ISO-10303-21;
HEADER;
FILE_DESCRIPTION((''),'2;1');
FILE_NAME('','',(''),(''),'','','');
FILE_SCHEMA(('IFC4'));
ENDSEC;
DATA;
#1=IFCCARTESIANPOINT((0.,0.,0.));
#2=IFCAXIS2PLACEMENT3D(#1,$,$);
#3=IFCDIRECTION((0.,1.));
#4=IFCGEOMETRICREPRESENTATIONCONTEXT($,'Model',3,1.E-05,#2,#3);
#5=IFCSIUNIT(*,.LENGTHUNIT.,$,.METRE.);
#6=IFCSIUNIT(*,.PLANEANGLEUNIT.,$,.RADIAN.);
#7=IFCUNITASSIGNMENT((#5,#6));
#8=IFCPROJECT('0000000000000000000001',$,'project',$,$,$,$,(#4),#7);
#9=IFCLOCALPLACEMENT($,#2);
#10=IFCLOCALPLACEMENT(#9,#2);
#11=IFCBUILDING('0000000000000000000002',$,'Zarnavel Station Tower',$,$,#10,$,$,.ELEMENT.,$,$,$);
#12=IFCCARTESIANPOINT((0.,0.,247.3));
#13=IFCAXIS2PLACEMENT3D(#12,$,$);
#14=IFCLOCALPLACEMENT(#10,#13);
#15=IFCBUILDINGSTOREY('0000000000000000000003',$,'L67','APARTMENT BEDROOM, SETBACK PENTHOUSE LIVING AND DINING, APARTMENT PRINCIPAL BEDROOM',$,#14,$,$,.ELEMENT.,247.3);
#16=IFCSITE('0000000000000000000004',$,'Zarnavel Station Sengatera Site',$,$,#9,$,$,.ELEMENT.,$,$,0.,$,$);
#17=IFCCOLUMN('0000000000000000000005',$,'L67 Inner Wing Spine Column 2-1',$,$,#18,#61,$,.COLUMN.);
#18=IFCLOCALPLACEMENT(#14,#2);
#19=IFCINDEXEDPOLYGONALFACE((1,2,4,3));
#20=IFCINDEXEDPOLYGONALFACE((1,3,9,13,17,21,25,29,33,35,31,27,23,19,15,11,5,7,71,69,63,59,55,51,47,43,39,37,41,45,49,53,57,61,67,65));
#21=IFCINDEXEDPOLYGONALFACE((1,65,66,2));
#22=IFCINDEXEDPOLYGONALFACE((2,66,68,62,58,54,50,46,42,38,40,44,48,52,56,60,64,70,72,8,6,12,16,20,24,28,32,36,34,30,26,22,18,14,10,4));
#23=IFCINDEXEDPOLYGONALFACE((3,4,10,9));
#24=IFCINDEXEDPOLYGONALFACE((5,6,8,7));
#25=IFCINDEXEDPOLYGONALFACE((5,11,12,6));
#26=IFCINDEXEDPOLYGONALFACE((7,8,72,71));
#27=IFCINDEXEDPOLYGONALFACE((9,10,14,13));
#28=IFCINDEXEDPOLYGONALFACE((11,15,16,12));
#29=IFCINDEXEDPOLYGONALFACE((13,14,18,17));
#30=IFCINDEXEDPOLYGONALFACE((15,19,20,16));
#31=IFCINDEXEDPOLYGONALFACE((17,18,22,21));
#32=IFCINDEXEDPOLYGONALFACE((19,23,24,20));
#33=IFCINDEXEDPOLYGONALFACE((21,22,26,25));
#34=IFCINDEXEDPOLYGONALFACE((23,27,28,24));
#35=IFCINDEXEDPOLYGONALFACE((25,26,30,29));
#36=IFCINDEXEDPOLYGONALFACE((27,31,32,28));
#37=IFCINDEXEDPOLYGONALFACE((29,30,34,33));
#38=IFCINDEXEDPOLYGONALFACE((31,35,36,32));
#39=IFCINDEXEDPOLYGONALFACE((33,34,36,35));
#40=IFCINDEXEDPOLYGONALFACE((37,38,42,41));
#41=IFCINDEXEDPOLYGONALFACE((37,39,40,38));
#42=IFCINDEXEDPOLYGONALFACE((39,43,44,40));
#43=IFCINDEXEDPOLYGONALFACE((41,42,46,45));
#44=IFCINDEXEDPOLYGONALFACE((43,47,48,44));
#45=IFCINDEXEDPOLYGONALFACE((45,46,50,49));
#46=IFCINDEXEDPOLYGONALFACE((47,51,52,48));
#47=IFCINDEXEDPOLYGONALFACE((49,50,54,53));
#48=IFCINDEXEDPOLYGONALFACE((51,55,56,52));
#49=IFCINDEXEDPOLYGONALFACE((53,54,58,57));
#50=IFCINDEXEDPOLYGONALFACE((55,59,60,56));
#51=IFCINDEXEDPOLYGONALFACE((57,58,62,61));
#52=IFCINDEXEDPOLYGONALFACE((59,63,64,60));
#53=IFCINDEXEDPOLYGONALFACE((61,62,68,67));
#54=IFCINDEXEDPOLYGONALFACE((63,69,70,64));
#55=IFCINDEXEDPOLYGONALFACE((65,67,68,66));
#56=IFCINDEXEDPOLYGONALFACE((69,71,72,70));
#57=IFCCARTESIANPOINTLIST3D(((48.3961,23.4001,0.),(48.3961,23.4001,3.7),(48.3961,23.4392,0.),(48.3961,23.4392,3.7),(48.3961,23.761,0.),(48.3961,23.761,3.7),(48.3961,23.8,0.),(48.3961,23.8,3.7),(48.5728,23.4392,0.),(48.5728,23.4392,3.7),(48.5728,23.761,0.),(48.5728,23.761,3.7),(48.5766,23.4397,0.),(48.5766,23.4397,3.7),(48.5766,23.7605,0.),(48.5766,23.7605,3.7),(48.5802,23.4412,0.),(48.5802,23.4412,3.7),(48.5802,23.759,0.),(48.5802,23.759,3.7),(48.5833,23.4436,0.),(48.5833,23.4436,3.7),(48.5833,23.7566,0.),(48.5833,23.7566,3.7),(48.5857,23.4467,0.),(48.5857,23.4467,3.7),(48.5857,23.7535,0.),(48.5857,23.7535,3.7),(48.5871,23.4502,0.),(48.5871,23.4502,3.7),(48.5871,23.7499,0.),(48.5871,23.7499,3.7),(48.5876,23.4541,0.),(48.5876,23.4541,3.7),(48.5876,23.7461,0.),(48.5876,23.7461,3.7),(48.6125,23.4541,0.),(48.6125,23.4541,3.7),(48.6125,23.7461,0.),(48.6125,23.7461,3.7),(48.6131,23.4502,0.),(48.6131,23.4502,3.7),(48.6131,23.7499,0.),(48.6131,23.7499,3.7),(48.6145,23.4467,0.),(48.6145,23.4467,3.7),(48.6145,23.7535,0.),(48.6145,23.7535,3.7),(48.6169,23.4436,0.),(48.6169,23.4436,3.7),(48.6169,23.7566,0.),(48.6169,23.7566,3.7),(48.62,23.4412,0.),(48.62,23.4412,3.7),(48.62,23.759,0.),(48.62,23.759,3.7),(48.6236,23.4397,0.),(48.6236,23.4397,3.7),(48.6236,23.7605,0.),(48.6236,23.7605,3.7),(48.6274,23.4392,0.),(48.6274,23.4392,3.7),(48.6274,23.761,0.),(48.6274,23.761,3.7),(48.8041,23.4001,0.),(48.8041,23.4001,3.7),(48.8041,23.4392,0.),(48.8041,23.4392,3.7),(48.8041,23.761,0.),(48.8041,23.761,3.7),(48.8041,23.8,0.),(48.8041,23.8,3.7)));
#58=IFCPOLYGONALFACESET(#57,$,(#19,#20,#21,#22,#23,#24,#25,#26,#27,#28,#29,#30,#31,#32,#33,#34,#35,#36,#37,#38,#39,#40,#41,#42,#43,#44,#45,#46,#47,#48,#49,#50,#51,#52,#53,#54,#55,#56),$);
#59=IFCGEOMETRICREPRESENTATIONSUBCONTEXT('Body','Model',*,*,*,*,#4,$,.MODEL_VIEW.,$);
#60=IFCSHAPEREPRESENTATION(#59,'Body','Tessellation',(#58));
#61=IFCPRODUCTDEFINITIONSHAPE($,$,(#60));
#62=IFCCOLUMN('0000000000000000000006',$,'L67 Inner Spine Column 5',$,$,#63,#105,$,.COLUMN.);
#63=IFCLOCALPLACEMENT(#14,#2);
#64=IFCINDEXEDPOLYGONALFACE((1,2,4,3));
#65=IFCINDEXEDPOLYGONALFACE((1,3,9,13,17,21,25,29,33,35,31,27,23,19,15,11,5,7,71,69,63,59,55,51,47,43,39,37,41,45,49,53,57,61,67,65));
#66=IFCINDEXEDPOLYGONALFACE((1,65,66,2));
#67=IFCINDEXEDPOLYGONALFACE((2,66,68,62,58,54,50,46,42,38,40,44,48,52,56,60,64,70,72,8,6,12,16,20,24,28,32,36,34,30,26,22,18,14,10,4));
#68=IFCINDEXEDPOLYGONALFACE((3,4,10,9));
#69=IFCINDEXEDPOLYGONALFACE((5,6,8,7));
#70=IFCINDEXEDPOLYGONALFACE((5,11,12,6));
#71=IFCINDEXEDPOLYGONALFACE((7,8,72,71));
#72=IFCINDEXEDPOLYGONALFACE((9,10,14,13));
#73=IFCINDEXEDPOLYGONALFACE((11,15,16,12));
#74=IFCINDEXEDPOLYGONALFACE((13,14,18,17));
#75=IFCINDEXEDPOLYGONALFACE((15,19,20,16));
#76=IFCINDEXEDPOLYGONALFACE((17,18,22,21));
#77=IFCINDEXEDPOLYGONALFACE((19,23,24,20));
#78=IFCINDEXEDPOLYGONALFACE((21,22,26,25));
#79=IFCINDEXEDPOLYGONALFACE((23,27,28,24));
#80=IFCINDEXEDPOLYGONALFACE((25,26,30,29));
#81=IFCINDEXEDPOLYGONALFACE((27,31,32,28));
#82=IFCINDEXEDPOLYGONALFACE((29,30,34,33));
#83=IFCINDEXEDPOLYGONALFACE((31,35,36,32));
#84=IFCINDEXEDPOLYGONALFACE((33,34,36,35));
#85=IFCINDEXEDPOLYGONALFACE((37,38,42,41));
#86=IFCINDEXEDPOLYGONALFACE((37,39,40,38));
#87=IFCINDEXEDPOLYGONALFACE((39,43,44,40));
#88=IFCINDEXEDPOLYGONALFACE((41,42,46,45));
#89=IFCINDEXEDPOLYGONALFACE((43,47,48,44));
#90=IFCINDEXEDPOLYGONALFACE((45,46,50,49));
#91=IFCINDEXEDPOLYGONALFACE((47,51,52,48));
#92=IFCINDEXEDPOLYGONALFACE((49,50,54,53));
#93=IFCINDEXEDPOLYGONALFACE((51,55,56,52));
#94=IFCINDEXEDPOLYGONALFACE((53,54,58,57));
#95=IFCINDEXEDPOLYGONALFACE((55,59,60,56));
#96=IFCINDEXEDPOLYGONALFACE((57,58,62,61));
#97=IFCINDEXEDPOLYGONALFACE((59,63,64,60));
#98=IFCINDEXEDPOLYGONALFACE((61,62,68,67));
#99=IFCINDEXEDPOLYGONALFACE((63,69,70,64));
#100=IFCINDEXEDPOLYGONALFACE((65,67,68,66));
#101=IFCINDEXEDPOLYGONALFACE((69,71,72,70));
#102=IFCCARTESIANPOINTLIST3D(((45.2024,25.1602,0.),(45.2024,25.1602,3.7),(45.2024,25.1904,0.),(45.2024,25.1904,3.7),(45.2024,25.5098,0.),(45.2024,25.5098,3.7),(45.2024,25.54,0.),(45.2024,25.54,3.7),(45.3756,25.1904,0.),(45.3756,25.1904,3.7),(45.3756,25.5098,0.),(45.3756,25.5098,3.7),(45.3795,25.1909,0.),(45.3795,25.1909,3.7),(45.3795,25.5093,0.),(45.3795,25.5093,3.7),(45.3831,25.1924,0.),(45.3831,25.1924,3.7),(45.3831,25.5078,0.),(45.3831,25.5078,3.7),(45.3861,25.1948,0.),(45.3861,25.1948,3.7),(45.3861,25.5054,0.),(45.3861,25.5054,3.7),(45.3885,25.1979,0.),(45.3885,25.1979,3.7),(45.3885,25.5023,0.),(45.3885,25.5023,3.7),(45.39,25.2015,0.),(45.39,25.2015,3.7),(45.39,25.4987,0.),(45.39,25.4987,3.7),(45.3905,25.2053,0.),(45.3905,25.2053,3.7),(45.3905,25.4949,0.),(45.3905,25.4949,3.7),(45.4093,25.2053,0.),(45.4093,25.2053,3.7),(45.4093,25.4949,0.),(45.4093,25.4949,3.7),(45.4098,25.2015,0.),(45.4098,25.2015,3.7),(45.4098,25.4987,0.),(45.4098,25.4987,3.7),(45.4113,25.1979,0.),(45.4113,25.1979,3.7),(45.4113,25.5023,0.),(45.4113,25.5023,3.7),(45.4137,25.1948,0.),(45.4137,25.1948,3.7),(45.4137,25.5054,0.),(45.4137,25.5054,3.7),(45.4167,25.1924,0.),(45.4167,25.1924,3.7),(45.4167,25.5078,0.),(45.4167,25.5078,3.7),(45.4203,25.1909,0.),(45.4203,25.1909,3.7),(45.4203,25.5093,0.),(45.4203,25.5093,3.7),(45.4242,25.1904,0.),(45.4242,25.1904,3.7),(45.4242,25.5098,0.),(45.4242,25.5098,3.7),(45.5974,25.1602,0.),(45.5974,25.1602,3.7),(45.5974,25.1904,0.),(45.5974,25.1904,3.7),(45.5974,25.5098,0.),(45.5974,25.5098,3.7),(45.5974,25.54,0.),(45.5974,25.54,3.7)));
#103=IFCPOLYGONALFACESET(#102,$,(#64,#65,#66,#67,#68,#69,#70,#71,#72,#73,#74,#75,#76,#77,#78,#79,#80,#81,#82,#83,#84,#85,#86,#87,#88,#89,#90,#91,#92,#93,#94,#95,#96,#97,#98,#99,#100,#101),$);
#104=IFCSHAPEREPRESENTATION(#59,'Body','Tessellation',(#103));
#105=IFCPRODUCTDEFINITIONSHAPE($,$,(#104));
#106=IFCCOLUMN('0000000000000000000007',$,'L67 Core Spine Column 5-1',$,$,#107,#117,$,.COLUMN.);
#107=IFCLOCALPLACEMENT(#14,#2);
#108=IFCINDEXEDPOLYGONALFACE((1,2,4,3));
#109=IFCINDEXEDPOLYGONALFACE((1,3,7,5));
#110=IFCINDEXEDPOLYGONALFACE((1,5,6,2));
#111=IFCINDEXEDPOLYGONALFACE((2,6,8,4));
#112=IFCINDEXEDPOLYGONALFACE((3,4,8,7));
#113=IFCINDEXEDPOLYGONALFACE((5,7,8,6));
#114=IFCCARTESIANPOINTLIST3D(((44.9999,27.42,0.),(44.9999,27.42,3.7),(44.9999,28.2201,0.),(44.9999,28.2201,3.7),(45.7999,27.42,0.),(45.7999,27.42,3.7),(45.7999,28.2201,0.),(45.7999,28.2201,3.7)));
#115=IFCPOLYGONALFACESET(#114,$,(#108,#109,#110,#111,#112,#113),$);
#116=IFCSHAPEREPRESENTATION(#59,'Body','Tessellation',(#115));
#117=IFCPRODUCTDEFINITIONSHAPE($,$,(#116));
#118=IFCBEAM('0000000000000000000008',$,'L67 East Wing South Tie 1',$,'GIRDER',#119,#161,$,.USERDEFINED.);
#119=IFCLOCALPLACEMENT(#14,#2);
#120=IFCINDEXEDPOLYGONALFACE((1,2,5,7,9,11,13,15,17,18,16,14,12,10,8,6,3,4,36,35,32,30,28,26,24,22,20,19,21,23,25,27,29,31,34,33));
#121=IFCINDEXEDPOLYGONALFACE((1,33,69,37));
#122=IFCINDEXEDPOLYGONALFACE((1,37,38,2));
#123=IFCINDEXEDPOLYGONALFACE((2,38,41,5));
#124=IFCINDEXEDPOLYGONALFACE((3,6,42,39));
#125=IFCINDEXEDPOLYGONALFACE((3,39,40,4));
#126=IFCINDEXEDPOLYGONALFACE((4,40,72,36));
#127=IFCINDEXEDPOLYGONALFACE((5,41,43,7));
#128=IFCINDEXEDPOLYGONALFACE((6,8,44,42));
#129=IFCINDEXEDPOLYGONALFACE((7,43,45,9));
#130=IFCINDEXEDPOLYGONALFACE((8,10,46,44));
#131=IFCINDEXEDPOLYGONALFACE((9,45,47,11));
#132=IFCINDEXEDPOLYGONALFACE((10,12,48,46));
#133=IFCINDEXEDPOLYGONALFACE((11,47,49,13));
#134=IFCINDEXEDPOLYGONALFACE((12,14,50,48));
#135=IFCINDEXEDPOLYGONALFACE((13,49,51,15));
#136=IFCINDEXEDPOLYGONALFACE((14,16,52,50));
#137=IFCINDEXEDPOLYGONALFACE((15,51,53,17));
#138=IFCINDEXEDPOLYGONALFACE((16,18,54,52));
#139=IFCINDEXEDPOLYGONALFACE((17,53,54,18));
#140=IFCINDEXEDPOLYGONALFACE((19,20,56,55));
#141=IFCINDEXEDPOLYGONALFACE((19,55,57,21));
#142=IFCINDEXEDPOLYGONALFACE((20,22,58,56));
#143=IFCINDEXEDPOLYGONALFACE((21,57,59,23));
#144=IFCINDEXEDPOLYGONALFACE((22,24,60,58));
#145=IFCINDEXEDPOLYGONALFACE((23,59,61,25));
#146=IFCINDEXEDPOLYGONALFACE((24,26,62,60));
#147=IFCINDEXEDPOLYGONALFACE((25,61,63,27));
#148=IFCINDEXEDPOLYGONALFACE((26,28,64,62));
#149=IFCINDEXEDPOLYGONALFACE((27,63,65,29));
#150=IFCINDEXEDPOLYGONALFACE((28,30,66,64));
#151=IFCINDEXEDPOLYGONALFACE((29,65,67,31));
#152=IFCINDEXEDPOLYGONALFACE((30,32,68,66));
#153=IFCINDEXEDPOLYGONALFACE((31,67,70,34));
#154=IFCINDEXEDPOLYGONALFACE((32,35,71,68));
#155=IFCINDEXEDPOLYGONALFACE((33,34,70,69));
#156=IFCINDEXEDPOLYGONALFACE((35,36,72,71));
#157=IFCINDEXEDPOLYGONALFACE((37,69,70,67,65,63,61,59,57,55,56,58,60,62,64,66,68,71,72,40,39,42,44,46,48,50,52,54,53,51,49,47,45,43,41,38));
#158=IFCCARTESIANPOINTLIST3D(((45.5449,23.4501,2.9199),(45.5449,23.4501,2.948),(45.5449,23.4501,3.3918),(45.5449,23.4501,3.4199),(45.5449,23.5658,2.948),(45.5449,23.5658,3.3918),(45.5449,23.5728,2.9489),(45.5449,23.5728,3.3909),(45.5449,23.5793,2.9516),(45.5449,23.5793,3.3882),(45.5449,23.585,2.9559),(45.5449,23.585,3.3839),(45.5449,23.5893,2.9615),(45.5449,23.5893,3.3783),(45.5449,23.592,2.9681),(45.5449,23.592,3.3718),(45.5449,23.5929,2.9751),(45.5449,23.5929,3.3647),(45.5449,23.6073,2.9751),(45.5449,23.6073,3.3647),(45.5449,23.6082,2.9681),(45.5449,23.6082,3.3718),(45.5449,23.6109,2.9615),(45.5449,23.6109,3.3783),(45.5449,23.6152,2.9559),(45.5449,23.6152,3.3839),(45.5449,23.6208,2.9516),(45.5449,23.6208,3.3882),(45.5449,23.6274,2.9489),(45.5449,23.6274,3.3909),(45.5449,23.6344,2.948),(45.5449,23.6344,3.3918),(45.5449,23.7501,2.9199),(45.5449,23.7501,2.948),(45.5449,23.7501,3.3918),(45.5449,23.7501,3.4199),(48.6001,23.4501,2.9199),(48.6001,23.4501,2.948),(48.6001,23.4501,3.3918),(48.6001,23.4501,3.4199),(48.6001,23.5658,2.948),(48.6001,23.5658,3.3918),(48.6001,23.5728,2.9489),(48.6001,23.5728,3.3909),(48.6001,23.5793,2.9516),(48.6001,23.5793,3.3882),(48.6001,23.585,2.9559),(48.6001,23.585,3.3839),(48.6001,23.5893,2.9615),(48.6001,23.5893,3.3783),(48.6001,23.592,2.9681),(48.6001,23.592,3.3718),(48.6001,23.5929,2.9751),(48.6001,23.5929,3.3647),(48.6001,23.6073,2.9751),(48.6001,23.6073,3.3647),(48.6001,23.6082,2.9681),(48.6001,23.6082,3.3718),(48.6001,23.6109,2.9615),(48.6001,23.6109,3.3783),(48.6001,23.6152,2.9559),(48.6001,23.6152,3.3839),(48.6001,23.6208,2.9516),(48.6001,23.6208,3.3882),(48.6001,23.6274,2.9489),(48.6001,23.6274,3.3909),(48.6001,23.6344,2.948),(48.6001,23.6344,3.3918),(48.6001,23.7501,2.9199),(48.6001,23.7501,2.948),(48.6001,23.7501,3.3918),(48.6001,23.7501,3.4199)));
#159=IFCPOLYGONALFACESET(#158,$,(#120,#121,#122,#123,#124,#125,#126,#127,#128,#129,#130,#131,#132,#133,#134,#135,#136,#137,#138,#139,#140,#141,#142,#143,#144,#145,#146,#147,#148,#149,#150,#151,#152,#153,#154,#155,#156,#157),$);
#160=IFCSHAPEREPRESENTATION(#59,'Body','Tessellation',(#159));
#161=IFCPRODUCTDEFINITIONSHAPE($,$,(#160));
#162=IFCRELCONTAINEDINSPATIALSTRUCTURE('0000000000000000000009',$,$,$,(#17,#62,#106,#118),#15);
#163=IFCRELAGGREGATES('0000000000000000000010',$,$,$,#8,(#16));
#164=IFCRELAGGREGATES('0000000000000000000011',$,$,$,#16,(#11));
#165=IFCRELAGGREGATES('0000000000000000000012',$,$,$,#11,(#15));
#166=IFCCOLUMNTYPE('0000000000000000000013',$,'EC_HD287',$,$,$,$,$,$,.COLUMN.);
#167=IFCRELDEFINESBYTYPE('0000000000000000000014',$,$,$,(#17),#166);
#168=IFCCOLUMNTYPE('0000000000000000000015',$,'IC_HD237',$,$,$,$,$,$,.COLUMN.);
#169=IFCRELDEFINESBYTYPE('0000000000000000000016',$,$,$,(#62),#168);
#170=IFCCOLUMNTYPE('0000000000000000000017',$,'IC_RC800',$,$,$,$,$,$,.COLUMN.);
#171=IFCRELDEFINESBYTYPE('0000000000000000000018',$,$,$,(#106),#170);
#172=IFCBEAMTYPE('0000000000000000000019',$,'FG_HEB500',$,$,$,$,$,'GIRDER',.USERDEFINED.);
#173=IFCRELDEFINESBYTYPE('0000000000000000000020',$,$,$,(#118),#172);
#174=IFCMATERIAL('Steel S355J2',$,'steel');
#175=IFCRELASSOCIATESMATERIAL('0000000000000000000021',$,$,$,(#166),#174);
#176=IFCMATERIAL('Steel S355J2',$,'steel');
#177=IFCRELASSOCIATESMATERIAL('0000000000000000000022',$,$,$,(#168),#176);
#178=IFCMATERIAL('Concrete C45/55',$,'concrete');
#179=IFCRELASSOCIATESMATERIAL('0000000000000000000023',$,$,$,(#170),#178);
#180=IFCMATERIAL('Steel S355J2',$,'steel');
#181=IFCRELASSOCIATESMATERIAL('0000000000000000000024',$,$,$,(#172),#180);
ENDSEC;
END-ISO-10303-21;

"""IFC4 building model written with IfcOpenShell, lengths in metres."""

from ifc_helpers import new_model, si_unit, direction, frame, origin, origin_2d, place, context, subcontext, project, spatial, rectangle, i_section, extrude, material, material_profile, profile_set, type_object, element, save


model = new_model("IFC4")

# Units and contexts
model_context = context("Model", 3, precision=1e-05, world=origin(), true_north=direction((0.0, 1.0)))
body_context = subcontext(model_context, "Body", "Model", "MODEL_VIEW")
ifc_project = project(units=[si_unit("LENGTHUNIT", "METRE"), si_unit("PLANEANGLEUNIT", "RADIAN")], contexts=[model_context])

# Site, building, storey
site_placement = place(None, origin())
site = spatial("IfcSite", under=ifc_project, at=site_placement, Name="Zarnavel Station Sengatera Site", CompositionType="ELEMENT", RefElevation=0.0)
building_placement = place(site_placement, origin())
building = spatial("IfcBuilding", under=site, at=building_placement, Name="Zarnavel Station Tower", CompositionType="ELEMENT")
storey_placement = place(building_placement, frame((0.0, 0.0, 247.3)))
storey = spatial("IfcBuildingStorey", under=building, at=storey_placement, Name="L67", Description="APARTMENT BEDROOM, SETBACK PENTHOUSE LIVING AND DINING, APARTMENT PRINCIPAL BEDROOM", CompositionType="ELEMENT", Elevation=247.3)

# Columns
ifc_material_1 = material(Name="Steel S355J2", Category="steel")
ifc_material_profile_1 = material_profile(ifc_material_1, i_section(OverallWidth=0.408, OverallDepth=0.3999, WebThickness=0.0249, FlangeThickness=0.0391, FilletRadius=0.0149, at=origin_2d()), Name="HD400x287")
ifc_profile_set_1 = profile_set([ifc_material_profile_1], Name="Steel S355J2")
column_type_1 = type_object("IfcColumnType", Name="EC_HD287", PredefinedType="COLUMN", material=ifc_profile_set_1)
column_1_placement = place(storey_placement, frame((48.6001, 23.6001, 0.0), z_axis=(0.0, 0.0, 1.0), x_axis=(1.0, 0.0, 0.0)))
element("IfcColumn", 1, at=column_1_placement, inside=storey, type_object=column_type_1, Name="L67 Inner Wing Spine Column 2-1", PredefinedType="COLUMN", context=body_context, shape_type="SweptSolid", body=[
    extrude(i_section(OverallWidth=0.408, OverallDepth=0.3999, WebThickness=0.0249, FlangeThickness=0.0391, FilletRadius=0.0149, at=origin_2d()), origin(), (0.0, 0.0, 1.0), 3.7),
])
ifc_material_2 = material(Name="Steel S355J2", Category="steel")
ifc_material_profile_2 = material_profile(ifc_material_2, i_section(OverallWidth=0.395, OverallDepth=0.3799, WebThickness=0.0188, FlangeThickness=0.0303, FilletRadius=0.0149, at=origin_2d()), Name="HD400x237")
ifc_profile_set_2 = profile_set([ifc_material_profile_2], Name="Steel S355J2")
column_type_2 = type_object("IfcColumnType", Name="IC_HD237", PredefinedType="COLUMN", material=ifc_profile_set_2)
column_2_placement = place(storey_placement, frame((45.3999, 25.3501, 0.0), z_axis=(0.0, 0.0, 1.0), x_axis=(1.0, 0.0, 0.0)))
element("IfcColumn", 2, at=column_2_placement, inside=storey, type_object=column_type_2, Name="L67 Inner Spine Column 5", PredefinedType="COLUMN", context=body_context, shape_type="SweptSolid", body=[
    extrude(i_section(OverallWidth=0.395, OverallDepth=0.3799, WebThickness=0.0188, FlangeThickness=0.0303, FilletRadius=0.0149, at=origin_2d()), origin(), (0.0, 0.0, 1.0), 3.7),
])
ifc_material_3 = material(Name="Concrete C45/55", Category="concrete")
ifc_material_profile_3 = material_profile(ifc_material_3, rectangle(XDim=0.8, YDim=0.8, at=origin_2d()), Name="RC800x800")
ifc_profile_set_3 = profile_set([ifc_material_profile_3], Name="Concrete C45/55")
column_type_3 = type_object("IfcColumnType", Name="IC_RC800", PredefinedType="COLUMN", material=ifc_profile_set_3)
column_3_placement = place(storey_placement, frame((45.3999, 27.8201, 0.0), z_axis=(0.0, 0.0, 1.0), x_axis=(1.0, 0.0, 0.0)))
element("IfcColumn", 3, at=column_3_placement, inside=storey, type_object=column_type_3, Name="L67 Core Spine Column 5-1", PredefinedType="COLUMN", context=body_context, shape_type="SweptSolid", body=[
    extrude(rectangle(XDim=0.8, YDim=0.8, at=origin_2d()), origin(), (0.0, 0.0, 1.0), 3.7),
])

# Beam
ifc_material_4 = material(Name="Steel S355J2", Category="steel")
ifc_material_profile_4 = material_profile(ifc_material_4, i_section(OverallWidth=0.3, OverallDepth=0.5, WebThickness=0.0144, FlangeThickness=0.0281, FilletRadius=0.0271, at=origin_2d()), Name="HEB500")
ifc_profile_set_4 = profile_set([ifc_material_profile_4], Name="Steel S355J2")
beam_type_1 = type_object("IfcBeamType", Name="FG_HEB500", ElementType="GIRDER", PredefinedType="USERDEFINED", material=ifc_profile_set_4)
beam_1_placement = place(storey_placement, frame((45.5449, 23.6001, 3.1699), z_axis=(1.0, 0.0, 0.0), x_axis=(0.0, 1.0, 0.0)))
element("IfcBeam", 4, at=beam_1_placement, inside=storey, type_object=beam_type_1, Name="L67 East Wing South Tie 1", ObjectType="GIRDER", PredefinedType="USERDEFINED", context=body_context, shape_type="SweptSolid", body=[
    extrude(i_section(OverallWidth=0.3, OverallDepth=0.5, WebThickness=0.0144, FlangeThickness=0.0281, FilletRadius=0.0271, at=origin_2d()), origin(), (0.0, 0.0, 1.0), 3.0552),
])

save(model, "model.ifc")
